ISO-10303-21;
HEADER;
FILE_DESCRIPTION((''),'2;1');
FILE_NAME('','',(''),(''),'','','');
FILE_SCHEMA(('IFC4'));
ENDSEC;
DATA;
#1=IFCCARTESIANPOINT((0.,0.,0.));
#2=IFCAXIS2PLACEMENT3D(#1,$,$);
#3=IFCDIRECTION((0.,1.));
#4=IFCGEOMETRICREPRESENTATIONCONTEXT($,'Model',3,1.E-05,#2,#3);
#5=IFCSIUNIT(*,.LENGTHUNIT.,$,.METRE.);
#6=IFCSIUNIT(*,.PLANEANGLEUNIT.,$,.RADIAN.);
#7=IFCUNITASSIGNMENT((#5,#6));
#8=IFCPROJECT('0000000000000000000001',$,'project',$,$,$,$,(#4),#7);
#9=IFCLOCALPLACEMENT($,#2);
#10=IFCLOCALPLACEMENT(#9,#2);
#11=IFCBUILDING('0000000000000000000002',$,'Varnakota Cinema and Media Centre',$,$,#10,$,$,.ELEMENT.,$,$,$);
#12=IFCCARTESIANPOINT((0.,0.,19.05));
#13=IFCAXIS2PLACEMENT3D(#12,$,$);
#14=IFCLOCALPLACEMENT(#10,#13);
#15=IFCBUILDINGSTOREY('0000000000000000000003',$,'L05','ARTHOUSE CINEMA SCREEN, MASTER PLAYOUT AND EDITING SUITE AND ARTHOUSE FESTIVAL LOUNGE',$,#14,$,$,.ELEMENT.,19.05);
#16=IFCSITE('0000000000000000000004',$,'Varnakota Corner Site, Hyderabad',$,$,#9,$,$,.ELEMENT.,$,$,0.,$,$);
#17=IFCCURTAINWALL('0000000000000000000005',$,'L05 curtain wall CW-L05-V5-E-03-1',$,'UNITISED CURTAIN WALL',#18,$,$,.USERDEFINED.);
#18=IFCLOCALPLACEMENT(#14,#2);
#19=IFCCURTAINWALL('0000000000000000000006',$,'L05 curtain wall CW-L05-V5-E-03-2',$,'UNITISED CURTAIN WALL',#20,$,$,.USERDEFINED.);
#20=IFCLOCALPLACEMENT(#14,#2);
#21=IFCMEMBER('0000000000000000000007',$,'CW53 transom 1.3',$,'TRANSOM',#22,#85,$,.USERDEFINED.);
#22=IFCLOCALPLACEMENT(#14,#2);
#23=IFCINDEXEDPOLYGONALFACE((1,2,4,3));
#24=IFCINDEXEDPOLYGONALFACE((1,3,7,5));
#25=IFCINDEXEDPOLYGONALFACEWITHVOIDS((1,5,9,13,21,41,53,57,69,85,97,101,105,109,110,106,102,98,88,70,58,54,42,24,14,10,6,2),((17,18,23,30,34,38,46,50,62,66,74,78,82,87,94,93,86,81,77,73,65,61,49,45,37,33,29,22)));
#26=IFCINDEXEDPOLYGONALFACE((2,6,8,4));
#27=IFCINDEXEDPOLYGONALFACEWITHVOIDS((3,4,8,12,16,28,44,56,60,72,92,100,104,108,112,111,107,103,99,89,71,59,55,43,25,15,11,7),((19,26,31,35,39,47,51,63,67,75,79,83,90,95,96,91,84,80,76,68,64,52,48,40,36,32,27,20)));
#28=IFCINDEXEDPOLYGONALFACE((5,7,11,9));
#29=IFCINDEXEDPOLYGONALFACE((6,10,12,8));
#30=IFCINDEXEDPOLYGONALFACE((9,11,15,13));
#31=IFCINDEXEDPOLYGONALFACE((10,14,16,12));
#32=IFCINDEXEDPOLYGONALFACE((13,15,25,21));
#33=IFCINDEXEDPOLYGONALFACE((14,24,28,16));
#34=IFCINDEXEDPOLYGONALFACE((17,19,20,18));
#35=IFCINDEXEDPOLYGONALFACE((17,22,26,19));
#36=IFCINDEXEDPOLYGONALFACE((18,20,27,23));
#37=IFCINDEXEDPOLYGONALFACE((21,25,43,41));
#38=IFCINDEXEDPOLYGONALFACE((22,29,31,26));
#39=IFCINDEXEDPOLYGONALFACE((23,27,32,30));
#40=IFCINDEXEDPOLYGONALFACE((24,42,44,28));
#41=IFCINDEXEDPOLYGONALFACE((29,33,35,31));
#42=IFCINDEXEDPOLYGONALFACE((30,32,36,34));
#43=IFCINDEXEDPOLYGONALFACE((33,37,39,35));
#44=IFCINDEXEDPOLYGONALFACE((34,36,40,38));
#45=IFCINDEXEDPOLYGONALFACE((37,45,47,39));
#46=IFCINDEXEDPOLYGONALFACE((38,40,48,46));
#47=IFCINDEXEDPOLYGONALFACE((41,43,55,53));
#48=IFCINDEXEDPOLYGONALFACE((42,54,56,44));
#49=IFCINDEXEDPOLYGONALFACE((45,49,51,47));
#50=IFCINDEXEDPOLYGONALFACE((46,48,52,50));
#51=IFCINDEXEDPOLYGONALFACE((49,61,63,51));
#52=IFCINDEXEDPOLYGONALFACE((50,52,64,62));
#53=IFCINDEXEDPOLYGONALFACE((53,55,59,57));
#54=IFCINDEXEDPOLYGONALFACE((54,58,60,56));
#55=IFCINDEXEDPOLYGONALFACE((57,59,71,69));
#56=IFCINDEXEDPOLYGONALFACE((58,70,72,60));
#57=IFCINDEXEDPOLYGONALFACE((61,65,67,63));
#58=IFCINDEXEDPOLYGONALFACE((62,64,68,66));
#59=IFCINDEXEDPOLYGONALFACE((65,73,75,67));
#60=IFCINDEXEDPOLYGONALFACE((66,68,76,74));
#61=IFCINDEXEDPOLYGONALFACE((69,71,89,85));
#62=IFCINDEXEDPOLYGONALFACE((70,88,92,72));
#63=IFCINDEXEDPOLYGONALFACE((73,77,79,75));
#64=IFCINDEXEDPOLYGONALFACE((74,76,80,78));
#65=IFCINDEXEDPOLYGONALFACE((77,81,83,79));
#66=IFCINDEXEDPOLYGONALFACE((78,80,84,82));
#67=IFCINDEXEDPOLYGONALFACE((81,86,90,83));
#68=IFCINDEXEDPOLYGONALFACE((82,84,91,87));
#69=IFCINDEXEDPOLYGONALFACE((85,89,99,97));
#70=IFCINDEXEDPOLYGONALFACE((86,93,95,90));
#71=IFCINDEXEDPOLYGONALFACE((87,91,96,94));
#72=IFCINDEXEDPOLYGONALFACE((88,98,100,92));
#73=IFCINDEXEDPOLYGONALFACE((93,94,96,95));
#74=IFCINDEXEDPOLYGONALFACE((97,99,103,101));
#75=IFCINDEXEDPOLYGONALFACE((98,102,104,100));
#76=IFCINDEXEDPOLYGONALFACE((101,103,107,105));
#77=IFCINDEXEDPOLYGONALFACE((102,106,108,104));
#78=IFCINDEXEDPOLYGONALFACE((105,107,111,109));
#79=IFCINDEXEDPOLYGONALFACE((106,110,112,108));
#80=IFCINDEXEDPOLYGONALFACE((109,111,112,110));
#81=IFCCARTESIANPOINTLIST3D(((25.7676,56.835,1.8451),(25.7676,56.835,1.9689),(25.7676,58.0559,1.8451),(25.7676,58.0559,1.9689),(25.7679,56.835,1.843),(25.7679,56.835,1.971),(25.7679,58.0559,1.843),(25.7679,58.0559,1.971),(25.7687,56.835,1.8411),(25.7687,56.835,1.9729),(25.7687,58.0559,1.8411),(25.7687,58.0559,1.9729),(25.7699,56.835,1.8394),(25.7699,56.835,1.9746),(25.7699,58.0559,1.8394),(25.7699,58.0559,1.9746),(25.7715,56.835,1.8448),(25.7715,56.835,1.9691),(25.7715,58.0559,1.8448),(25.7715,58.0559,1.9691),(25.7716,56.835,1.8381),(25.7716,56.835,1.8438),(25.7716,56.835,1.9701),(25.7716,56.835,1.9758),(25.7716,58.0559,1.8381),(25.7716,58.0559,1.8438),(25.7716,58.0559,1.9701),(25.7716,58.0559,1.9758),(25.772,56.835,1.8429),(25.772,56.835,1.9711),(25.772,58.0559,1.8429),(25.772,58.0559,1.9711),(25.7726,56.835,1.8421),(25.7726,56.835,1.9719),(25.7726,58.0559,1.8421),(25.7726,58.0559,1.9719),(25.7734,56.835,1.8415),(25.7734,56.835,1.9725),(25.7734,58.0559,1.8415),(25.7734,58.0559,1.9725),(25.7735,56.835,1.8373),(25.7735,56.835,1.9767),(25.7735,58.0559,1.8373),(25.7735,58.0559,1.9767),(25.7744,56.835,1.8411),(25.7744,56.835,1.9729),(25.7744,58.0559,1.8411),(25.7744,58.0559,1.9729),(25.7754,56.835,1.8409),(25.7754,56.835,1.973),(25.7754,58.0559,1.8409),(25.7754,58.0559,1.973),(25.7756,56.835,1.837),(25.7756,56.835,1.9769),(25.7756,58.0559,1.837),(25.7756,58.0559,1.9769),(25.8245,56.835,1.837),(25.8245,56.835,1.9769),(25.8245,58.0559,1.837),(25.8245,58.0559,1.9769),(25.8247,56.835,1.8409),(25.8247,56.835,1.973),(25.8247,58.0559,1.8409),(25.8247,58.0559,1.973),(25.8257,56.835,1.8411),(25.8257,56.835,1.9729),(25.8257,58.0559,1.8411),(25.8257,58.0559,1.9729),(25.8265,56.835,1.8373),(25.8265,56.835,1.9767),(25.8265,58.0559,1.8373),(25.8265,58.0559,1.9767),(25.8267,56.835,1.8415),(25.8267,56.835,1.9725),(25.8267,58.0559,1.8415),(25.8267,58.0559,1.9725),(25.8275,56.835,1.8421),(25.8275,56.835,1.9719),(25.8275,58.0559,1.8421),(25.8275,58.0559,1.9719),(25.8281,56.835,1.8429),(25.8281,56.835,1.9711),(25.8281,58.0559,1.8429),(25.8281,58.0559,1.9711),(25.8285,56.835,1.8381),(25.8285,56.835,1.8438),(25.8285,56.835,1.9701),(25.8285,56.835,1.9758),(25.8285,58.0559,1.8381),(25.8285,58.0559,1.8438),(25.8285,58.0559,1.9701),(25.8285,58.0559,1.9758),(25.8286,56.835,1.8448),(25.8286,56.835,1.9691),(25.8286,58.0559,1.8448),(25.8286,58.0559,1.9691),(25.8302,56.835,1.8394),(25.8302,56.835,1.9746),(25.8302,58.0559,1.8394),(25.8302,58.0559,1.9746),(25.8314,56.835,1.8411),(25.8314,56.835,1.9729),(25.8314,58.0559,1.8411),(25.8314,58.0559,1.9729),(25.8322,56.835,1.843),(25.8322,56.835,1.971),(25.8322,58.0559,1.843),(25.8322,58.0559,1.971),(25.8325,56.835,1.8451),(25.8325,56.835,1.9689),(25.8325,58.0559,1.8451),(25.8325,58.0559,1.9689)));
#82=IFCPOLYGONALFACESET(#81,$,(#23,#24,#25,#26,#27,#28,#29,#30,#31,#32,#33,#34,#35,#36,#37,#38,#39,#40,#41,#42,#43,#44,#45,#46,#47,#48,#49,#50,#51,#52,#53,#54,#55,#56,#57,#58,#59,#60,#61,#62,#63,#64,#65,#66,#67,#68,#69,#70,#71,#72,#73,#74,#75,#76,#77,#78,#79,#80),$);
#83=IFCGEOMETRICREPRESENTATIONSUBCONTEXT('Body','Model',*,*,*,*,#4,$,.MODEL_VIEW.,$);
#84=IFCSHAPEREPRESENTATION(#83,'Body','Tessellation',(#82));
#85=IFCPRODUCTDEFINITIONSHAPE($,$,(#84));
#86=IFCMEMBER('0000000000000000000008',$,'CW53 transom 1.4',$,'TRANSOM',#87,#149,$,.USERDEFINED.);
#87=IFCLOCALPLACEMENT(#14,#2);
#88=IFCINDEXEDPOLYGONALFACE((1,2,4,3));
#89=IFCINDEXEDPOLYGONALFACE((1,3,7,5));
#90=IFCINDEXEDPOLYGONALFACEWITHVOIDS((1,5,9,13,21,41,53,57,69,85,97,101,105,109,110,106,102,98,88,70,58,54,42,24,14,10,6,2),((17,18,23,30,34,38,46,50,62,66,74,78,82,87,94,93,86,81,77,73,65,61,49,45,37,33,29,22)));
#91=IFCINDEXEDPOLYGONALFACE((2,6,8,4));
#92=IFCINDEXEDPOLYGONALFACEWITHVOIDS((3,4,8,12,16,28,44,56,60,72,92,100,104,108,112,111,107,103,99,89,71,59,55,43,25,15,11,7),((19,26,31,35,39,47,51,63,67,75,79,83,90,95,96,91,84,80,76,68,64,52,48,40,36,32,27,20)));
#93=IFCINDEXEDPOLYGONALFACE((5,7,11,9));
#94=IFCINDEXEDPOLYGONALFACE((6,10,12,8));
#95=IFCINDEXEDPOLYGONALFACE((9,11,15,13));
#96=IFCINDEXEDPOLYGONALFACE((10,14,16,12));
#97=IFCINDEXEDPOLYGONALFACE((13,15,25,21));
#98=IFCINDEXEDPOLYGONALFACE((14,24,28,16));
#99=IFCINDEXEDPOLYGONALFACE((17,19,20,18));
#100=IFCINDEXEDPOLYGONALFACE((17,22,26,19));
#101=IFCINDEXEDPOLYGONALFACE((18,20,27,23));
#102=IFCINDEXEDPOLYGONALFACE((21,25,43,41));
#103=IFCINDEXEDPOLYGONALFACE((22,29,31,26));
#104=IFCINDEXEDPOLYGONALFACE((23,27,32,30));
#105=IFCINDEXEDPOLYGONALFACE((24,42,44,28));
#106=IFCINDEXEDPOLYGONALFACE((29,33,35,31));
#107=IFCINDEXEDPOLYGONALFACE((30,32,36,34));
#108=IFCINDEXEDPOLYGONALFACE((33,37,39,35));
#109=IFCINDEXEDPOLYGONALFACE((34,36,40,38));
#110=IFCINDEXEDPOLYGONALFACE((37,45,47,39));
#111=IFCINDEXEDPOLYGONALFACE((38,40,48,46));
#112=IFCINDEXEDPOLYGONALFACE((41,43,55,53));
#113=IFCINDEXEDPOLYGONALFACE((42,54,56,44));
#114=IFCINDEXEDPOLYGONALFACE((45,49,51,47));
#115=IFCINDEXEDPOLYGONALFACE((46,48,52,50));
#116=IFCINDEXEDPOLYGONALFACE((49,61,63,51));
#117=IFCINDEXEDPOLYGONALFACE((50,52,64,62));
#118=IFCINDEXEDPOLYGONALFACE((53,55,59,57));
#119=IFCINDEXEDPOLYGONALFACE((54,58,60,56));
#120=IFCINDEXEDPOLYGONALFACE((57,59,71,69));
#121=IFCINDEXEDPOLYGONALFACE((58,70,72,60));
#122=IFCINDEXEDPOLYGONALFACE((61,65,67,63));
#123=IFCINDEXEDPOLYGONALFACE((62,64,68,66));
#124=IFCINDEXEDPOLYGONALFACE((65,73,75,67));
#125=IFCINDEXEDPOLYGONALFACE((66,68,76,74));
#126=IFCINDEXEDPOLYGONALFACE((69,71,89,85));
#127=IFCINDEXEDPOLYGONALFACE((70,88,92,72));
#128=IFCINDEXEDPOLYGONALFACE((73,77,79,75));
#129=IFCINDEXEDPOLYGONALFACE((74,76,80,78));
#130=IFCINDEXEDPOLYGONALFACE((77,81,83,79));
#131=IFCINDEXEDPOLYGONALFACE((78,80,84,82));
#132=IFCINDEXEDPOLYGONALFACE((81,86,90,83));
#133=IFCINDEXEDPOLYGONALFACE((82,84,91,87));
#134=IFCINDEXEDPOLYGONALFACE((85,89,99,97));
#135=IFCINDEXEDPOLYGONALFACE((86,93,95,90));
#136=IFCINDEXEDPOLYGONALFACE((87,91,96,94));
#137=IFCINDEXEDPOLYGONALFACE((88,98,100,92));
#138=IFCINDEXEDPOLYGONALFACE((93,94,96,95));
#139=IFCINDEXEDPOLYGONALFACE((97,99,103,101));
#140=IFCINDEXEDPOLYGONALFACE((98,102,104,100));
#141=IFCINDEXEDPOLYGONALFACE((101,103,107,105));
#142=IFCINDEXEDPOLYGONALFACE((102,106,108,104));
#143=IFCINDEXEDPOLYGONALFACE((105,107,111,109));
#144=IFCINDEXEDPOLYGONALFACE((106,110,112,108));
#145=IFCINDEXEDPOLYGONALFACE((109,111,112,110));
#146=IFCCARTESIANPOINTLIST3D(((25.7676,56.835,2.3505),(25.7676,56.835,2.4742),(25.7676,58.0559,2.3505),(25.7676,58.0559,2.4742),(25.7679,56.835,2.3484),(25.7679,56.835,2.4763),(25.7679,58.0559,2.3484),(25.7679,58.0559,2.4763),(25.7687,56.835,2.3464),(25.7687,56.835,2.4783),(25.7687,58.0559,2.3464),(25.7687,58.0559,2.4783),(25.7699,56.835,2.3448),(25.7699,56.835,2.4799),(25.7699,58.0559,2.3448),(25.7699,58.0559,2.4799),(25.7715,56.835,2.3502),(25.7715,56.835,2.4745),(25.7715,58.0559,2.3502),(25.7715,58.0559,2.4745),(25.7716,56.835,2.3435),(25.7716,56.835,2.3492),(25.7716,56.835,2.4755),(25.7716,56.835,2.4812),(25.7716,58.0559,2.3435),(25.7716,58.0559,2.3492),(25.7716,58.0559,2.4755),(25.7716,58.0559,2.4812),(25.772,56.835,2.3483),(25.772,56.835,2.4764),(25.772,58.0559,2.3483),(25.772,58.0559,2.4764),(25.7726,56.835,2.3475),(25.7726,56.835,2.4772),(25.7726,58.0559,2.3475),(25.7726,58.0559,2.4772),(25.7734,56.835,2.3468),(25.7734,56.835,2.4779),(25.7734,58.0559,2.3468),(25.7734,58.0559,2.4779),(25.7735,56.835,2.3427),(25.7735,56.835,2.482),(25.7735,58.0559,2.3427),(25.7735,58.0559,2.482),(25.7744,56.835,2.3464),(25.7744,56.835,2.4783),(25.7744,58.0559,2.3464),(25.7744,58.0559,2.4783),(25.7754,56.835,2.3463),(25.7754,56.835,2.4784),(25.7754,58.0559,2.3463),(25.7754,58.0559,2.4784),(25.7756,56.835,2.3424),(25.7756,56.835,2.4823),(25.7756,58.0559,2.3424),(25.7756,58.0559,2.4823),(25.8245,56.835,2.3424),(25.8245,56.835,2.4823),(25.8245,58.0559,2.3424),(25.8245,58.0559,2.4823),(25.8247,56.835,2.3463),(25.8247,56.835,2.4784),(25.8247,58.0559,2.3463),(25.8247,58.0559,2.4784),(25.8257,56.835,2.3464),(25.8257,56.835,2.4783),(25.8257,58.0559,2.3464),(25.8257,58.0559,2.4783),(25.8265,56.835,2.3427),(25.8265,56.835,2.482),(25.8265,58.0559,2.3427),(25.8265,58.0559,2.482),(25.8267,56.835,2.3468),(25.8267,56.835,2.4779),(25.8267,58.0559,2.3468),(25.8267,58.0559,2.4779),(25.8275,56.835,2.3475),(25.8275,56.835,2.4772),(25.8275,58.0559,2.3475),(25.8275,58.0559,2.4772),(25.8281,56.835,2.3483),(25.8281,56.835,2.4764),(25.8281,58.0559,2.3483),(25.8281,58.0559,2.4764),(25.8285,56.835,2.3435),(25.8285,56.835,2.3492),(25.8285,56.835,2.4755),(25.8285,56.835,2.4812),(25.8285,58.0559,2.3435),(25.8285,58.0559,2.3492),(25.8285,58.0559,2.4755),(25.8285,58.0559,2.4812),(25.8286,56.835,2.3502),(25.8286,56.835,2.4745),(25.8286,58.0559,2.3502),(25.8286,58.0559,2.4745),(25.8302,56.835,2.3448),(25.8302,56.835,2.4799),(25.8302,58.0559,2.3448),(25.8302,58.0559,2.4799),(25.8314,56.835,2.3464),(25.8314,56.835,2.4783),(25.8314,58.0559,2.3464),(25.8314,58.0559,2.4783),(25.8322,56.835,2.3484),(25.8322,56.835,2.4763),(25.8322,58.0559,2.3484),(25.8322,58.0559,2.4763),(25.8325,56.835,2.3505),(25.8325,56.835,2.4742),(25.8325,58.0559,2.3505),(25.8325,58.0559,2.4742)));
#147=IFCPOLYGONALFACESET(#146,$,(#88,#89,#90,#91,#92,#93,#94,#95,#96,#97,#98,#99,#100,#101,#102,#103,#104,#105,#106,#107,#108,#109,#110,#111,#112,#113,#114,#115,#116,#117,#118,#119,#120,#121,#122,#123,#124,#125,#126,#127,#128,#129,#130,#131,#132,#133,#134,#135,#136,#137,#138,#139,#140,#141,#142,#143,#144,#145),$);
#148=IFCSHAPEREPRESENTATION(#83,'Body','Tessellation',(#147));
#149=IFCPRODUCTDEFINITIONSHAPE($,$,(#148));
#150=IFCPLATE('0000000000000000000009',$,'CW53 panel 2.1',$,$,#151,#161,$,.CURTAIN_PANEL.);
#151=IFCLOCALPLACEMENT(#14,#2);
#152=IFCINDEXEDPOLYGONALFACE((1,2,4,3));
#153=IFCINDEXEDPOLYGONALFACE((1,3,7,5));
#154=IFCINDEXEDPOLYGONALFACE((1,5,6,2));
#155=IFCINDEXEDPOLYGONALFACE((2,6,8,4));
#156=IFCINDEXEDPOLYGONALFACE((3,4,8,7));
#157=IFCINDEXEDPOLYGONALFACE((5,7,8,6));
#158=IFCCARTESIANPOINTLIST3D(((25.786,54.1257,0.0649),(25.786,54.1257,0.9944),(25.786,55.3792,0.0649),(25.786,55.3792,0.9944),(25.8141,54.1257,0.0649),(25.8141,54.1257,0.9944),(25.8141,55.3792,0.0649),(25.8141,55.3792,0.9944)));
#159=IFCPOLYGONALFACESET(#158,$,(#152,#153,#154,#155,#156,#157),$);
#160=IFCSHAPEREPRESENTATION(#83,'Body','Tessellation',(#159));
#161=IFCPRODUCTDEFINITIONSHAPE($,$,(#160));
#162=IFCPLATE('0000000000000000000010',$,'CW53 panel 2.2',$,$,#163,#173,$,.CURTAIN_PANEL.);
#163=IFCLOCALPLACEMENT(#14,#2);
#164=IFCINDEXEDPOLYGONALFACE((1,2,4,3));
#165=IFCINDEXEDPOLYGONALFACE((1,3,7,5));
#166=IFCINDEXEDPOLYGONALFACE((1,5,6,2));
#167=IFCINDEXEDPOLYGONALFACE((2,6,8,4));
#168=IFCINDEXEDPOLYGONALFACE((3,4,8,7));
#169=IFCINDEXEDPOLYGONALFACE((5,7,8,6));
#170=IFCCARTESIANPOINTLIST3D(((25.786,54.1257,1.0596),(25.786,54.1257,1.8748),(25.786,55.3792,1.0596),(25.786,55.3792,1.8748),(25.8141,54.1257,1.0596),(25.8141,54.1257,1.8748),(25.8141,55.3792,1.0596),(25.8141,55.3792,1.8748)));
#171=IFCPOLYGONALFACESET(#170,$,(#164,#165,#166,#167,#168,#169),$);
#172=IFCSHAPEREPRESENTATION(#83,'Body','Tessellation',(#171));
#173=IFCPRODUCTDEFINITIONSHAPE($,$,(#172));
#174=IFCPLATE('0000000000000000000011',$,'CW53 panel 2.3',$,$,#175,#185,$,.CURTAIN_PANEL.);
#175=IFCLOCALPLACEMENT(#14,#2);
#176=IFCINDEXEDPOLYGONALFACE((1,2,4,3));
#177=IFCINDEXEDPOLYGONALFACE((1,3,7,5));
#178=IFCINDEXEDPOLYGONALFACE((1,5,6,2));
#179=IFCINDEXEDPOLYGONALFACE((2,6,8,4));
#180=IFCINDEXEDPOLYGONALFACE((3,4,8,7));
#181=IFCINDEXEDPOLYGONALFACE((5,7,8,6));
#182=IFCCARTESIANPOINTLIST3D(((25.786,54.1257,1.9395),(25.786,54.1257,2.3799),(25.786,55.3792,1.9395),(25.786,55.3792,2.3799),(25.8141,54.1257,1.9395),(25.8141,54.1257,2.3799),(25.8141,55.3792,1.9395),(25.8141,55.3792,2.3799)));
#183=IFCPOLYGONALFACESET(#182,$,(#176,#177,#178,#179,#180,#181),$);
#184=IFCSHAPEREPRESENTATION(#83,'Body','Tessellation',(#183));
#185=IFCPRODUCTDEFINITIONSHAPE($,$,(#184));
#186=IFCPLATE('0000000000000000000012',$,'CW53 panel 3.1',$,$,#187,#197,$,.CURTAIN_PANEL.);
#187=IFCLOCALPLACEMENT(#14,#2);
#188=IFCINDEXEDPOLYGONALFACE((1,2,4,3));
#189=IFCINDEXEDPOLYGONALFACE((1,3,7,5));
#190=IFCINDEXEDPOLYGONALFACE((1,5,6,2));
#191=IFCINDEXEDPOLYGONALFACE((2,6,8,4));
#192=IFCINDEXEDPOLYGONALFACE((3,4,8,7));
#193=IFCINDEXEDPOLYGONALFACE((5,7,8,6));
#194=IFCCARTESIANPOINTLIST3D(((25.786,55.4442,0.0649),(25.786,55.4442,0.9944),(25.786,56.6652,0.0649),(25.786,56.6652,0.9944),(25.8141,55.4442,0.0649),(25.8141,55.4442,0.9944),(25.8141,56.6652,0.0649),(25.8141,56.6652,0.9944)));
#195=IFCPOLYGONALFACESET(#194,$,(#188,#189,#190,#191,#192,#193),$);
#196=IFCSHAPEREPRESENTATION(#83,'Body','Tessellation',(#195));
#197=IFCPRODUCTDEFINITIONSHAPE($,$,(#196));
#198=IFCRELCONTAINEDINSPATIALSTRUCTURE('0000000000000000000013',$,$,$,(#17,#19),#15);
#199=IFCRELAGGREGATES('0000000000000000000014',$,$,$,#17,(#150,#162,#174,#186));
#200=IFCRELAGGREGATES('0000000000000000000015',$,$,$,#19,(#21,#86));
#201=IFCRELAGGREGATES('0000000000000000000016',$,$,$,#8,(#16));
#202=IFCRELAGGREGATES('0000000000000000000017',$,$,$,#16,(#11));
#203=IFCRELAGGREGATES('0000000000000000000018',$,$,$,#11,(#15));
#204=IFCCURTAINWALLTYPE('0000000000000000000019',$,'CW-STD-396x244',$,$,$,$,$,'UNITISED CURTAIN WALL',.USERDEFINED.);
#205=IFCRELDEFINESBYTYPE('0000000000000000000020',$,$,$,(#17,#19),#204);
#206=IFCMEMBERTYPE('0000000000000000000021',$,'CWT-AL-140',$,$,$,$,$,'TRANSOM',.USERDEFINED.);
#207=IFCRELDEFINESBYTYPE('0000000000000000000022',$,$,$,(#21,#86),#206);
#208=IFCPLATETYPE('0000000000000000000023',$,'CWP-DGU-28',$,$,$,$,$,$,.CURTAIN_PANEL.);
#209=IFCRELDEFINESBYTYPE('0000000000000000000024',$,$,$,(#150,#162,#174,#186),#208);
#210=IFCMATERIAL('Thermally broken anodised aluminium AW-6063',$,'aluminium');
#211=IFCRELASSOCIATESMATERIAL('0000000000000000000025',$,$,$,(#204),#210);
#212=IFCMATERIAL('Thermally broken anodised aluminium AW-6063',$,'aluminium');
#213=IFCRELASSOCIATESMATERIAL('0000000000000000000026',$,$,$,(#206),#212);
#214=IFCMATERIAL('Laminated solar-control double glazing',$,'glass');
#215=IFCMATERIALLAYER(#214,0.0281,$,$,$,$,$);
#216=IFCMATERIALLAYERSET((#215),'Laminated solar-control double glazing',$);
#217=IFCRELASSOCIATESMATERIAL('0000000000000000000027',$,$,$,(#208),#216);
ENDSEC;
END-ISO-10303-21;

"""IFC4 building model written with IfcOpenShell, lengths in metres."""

from ifc_helpers import new_model, si_unit, direction, frame, origin, origin_2d, place, context, subcontext, project, spatial, rectangle, hollow_rectangle, extrude, material, layer, layer_set, material_profile, profile_set, type_object, element, aggregate, save


model = new_model("IFC4")

# Units and contexts
model_context = context("Model", 3, precision=1e-05, world=origin(), true_north=direction((0.0, 1.0)))
body_context = subcontext(model_context, "Body", "Model", "MODEL_VIEW")
ifc_project = project(units=[si_unit("LENGTHUNIT", "METRE"), si_unit("PLANEANGLEUNIT", "RADIAN")], contexts=[model_context])

# Site, building, storey
site_placement = place(None, origin())
site = spatial("IfcSite", under=ifc_project, at=site_placement, Name="Varnakota Corner Site, Hyderabad", CompositionType="ELEMENT", RefElevation=0.0)
building_placement = place(site_placement, origin())
building = spatial("IfcBuilding", under=site, at=building_placement, Name="Varnakota Cinema and Media Centre", CompositionType="ELEMENT")
storey_placement = place(building_placement, frame((0.0, 0.0, 19.05)))
storey = spatial("IfcBuildingStorey", under=building, at=storey_placement, Name="L05", Description="ARTHOUSE CINEMA SCREEN, MASTER PLAYOUT AND EDITING SUITE AND ARTHOUSE FESTIVAL LOUNGE", CompositionType="ELEMENT", Elevation=19.05)

# Curtain wall
ifc_material_1 = material(Name="Thermally broken anodised aluminium AW-6063", Category="aluminium")
curtain_wall_type = type_object("IfcCurtainWallType", Name="CW-STD-396x244", ElementType="UNITISED CURTAIN WALL", PredefinedType="USERDEFINED", material=ifc_material_1)
curtain_wall_1_placement = place(storey_placement, origin())
curtain_wall_1 = element("IfcCurtainWall", 1, at=curtain_wall_1_placement, inside=storey, type_object=curtain_wall_type, Name="L05 curtain wall CW-L05-V5-E-03-1", ObjectType="UNITISED CURTAIN WALL", PredefinedType="USERDEFINED")

# Curtain wall
curtain_wall_2_placement = place(storey_placement, origin())
curtain_wall_2 = element("IfcCurtainWall", 2, at=curtain_wall_2_placement, inside=storey, type_object=curtain_wall_type, Name="L05 curtain wall CW-L05-V5-E-03-2", ObjectType="UNITISED CURTAIN WALL", PredefinedType="USERDEFINED")

# Members
ifc_material_2 = material(Name="Thermally broken anodised aluminium AW-6063", Category="aluminium")
ifc_material_profile_1 = material_profile(ifc_material_2, hollow_rectangle(XDim=0.0649, YDim=0.1399, WallThickness=0.0039, InnerFilletRadius=0.0039, OuterFilletRadius=0.0081, at=origin_2d()), Name="AL-TRANSOM 140x65x4")
ifc_profile_set_1 = profile_set([ifc_material_profile_1], Name="Thermally broken anodised aluminium AW-6063")
member_type_1 = type_object("IfcMemberType", Name="CWT-AL-140", ElementType="TRANSOM", PredefinedType="USERDEFINED", material=ifc_profile_set_1)
member_1_placement = place(storey_placement, frame((25.8, 56.835, 1.907), z_axis=(0.0, 1.0, 0.0), x_axis=(-1.0, 0.0, 0.0)))
member_1 = element("IfcMember", 3, at=member_1_placement, type_object=member_type_1, Name="CW53 transom 1.3", ObjectType="TRANSOM", PredefinedType="USERDEFINED", context=body_context, shape_type="SweptSolid", body=[
    extrude(hollow_rectangle(XDim=0.0649, YDim=0.1399, WallThickness=0.0039, InnerFilletRadius=0.0039, OuterFilletRadius=0.0081, at=origin_2d()), origin(), (0.0, 0.0, 1.0), 1.2209),
])
member_2_placement = place(storey_placement, frame((25.8, 56.835, 2.4124), z_axis=(0.0, 1.0, 0.0), x_axis=(-1.0, 0.0, 0.0)))
member_2 = element("IfcMember", 4, at=member_2_placement, type_object=member_type_1, Name="CW53 transom 1.4", ObjectType="TRANSOM", PredefinedType="USERDEFINED", context=body_context, shape_type="SweptSolid", body=[
    extrude(hollow_rectangle(XDim=0.0649, YDim=0.1399, WallThickness=0.0039, InnerFilletRadius=0.0039, OuterFilletRadius=0.0081, at=origin_2d()), origin(), (0.0, 0.0, 1.0), 1.2209),
])

# Plates
ifc_material_3 = material(Name="Laminated solar-control double glazing", Category="glass")
ifc_layer = layer(ifc_material_3, 0.0281)
ifc_layer_set = layer_set([ifc_layer], Name="Laminated solar-control double glazing")
plate_type = type_object("IfcPlateType", Name="CWP-DGU-28", PredefinedType="CURTAIN_PANEL", material=ifc_layer_set)
plate_1_placement = place(storey_placement, frame((25.8, 54.7524, 0.0649), z_axis=(0.0, 0.0, 1.0), x_axis=(0.0, 1.0, 0.0)))
plate_1 = element("IfcPlate", 5, at=plate_1_placement, type_object=plate_type, Name="CW53 panel 2.1", PredefinedType="CURTAIN_PANEL", context=body_context, shape_type="SweptSolid", body=[
    extrude(rectangle(XDim=1.2534, YDim=0.0281, at=origin_2d()), origin(), (0.0, 0.0, 1.0), 0.9294),
])
plate_2_placement = place(storey_placement, frame((25.8, 54.7524, 1.0596), z_axis=(0.0, 0.0, 1.0), x_axis=(0.0, 1.0, 0.0)))
plate_2 = element("IfcPlate", 6, at=plate_2_placement, type_object=plate_type, Name="CW53 panel 2.2", PredefinedType="CURTAIN_PANEL", context=body_context, shape_type="SweptSolid", body=[
    extrude(rectangle(XDim=1.2534, YDim=0.0281, at=origin_2d()), origin(), (0.0, 0.0, 1.0), 0.8152),
])
plate_3_placement = place(storey_placement, frame((25.8, 54.7524, 1.9395), z_axis=(0.0, 0.0, 1.0), x_axis=(0.0, 1.0, 0.0)))
plate_3 = element("IfcPlate", 7, at=plate_3_placement, type_object=plate_type, Name="CW53 panel 2.3", PredefinedType="CURTAIN_PANEL", context=body_context, shape_type="SweptSolid", body=[
    extrude(rectangle(XDim=1.2534, YDim=0.0281, at=origin_2d()), origin(), (0.0, 0.0, 1.0), 0.4404),
])
plate_4_placement = place(storey_placement, frame((25.8, 56.0547, 0.0649), z_axis=(0.0, 0.0, 1.0), x_axis=(0.0, 1.0, 0.0)))
plate_4 = element("IfcPlate", 8, at=plate_4_placement, type_object=plate_type, Name="CW53 panel 3.1", PredefinedType="CURTAIN_PANEL", context=body_context, shape_type="SweptSolid", body=[
    extrude(rectangle(XDim=1.2209, YDim=0.0281, at=origin_2d()), origin(), (0.0, 0.0, 1.0), 0.9294),
])
aggregate(curtain_wall_1, [plate_1, plate_2, plate_3, plate_4])
aggregate(curtain_wall_2, [member_1, member_2])

save(model, "model.ifc")
